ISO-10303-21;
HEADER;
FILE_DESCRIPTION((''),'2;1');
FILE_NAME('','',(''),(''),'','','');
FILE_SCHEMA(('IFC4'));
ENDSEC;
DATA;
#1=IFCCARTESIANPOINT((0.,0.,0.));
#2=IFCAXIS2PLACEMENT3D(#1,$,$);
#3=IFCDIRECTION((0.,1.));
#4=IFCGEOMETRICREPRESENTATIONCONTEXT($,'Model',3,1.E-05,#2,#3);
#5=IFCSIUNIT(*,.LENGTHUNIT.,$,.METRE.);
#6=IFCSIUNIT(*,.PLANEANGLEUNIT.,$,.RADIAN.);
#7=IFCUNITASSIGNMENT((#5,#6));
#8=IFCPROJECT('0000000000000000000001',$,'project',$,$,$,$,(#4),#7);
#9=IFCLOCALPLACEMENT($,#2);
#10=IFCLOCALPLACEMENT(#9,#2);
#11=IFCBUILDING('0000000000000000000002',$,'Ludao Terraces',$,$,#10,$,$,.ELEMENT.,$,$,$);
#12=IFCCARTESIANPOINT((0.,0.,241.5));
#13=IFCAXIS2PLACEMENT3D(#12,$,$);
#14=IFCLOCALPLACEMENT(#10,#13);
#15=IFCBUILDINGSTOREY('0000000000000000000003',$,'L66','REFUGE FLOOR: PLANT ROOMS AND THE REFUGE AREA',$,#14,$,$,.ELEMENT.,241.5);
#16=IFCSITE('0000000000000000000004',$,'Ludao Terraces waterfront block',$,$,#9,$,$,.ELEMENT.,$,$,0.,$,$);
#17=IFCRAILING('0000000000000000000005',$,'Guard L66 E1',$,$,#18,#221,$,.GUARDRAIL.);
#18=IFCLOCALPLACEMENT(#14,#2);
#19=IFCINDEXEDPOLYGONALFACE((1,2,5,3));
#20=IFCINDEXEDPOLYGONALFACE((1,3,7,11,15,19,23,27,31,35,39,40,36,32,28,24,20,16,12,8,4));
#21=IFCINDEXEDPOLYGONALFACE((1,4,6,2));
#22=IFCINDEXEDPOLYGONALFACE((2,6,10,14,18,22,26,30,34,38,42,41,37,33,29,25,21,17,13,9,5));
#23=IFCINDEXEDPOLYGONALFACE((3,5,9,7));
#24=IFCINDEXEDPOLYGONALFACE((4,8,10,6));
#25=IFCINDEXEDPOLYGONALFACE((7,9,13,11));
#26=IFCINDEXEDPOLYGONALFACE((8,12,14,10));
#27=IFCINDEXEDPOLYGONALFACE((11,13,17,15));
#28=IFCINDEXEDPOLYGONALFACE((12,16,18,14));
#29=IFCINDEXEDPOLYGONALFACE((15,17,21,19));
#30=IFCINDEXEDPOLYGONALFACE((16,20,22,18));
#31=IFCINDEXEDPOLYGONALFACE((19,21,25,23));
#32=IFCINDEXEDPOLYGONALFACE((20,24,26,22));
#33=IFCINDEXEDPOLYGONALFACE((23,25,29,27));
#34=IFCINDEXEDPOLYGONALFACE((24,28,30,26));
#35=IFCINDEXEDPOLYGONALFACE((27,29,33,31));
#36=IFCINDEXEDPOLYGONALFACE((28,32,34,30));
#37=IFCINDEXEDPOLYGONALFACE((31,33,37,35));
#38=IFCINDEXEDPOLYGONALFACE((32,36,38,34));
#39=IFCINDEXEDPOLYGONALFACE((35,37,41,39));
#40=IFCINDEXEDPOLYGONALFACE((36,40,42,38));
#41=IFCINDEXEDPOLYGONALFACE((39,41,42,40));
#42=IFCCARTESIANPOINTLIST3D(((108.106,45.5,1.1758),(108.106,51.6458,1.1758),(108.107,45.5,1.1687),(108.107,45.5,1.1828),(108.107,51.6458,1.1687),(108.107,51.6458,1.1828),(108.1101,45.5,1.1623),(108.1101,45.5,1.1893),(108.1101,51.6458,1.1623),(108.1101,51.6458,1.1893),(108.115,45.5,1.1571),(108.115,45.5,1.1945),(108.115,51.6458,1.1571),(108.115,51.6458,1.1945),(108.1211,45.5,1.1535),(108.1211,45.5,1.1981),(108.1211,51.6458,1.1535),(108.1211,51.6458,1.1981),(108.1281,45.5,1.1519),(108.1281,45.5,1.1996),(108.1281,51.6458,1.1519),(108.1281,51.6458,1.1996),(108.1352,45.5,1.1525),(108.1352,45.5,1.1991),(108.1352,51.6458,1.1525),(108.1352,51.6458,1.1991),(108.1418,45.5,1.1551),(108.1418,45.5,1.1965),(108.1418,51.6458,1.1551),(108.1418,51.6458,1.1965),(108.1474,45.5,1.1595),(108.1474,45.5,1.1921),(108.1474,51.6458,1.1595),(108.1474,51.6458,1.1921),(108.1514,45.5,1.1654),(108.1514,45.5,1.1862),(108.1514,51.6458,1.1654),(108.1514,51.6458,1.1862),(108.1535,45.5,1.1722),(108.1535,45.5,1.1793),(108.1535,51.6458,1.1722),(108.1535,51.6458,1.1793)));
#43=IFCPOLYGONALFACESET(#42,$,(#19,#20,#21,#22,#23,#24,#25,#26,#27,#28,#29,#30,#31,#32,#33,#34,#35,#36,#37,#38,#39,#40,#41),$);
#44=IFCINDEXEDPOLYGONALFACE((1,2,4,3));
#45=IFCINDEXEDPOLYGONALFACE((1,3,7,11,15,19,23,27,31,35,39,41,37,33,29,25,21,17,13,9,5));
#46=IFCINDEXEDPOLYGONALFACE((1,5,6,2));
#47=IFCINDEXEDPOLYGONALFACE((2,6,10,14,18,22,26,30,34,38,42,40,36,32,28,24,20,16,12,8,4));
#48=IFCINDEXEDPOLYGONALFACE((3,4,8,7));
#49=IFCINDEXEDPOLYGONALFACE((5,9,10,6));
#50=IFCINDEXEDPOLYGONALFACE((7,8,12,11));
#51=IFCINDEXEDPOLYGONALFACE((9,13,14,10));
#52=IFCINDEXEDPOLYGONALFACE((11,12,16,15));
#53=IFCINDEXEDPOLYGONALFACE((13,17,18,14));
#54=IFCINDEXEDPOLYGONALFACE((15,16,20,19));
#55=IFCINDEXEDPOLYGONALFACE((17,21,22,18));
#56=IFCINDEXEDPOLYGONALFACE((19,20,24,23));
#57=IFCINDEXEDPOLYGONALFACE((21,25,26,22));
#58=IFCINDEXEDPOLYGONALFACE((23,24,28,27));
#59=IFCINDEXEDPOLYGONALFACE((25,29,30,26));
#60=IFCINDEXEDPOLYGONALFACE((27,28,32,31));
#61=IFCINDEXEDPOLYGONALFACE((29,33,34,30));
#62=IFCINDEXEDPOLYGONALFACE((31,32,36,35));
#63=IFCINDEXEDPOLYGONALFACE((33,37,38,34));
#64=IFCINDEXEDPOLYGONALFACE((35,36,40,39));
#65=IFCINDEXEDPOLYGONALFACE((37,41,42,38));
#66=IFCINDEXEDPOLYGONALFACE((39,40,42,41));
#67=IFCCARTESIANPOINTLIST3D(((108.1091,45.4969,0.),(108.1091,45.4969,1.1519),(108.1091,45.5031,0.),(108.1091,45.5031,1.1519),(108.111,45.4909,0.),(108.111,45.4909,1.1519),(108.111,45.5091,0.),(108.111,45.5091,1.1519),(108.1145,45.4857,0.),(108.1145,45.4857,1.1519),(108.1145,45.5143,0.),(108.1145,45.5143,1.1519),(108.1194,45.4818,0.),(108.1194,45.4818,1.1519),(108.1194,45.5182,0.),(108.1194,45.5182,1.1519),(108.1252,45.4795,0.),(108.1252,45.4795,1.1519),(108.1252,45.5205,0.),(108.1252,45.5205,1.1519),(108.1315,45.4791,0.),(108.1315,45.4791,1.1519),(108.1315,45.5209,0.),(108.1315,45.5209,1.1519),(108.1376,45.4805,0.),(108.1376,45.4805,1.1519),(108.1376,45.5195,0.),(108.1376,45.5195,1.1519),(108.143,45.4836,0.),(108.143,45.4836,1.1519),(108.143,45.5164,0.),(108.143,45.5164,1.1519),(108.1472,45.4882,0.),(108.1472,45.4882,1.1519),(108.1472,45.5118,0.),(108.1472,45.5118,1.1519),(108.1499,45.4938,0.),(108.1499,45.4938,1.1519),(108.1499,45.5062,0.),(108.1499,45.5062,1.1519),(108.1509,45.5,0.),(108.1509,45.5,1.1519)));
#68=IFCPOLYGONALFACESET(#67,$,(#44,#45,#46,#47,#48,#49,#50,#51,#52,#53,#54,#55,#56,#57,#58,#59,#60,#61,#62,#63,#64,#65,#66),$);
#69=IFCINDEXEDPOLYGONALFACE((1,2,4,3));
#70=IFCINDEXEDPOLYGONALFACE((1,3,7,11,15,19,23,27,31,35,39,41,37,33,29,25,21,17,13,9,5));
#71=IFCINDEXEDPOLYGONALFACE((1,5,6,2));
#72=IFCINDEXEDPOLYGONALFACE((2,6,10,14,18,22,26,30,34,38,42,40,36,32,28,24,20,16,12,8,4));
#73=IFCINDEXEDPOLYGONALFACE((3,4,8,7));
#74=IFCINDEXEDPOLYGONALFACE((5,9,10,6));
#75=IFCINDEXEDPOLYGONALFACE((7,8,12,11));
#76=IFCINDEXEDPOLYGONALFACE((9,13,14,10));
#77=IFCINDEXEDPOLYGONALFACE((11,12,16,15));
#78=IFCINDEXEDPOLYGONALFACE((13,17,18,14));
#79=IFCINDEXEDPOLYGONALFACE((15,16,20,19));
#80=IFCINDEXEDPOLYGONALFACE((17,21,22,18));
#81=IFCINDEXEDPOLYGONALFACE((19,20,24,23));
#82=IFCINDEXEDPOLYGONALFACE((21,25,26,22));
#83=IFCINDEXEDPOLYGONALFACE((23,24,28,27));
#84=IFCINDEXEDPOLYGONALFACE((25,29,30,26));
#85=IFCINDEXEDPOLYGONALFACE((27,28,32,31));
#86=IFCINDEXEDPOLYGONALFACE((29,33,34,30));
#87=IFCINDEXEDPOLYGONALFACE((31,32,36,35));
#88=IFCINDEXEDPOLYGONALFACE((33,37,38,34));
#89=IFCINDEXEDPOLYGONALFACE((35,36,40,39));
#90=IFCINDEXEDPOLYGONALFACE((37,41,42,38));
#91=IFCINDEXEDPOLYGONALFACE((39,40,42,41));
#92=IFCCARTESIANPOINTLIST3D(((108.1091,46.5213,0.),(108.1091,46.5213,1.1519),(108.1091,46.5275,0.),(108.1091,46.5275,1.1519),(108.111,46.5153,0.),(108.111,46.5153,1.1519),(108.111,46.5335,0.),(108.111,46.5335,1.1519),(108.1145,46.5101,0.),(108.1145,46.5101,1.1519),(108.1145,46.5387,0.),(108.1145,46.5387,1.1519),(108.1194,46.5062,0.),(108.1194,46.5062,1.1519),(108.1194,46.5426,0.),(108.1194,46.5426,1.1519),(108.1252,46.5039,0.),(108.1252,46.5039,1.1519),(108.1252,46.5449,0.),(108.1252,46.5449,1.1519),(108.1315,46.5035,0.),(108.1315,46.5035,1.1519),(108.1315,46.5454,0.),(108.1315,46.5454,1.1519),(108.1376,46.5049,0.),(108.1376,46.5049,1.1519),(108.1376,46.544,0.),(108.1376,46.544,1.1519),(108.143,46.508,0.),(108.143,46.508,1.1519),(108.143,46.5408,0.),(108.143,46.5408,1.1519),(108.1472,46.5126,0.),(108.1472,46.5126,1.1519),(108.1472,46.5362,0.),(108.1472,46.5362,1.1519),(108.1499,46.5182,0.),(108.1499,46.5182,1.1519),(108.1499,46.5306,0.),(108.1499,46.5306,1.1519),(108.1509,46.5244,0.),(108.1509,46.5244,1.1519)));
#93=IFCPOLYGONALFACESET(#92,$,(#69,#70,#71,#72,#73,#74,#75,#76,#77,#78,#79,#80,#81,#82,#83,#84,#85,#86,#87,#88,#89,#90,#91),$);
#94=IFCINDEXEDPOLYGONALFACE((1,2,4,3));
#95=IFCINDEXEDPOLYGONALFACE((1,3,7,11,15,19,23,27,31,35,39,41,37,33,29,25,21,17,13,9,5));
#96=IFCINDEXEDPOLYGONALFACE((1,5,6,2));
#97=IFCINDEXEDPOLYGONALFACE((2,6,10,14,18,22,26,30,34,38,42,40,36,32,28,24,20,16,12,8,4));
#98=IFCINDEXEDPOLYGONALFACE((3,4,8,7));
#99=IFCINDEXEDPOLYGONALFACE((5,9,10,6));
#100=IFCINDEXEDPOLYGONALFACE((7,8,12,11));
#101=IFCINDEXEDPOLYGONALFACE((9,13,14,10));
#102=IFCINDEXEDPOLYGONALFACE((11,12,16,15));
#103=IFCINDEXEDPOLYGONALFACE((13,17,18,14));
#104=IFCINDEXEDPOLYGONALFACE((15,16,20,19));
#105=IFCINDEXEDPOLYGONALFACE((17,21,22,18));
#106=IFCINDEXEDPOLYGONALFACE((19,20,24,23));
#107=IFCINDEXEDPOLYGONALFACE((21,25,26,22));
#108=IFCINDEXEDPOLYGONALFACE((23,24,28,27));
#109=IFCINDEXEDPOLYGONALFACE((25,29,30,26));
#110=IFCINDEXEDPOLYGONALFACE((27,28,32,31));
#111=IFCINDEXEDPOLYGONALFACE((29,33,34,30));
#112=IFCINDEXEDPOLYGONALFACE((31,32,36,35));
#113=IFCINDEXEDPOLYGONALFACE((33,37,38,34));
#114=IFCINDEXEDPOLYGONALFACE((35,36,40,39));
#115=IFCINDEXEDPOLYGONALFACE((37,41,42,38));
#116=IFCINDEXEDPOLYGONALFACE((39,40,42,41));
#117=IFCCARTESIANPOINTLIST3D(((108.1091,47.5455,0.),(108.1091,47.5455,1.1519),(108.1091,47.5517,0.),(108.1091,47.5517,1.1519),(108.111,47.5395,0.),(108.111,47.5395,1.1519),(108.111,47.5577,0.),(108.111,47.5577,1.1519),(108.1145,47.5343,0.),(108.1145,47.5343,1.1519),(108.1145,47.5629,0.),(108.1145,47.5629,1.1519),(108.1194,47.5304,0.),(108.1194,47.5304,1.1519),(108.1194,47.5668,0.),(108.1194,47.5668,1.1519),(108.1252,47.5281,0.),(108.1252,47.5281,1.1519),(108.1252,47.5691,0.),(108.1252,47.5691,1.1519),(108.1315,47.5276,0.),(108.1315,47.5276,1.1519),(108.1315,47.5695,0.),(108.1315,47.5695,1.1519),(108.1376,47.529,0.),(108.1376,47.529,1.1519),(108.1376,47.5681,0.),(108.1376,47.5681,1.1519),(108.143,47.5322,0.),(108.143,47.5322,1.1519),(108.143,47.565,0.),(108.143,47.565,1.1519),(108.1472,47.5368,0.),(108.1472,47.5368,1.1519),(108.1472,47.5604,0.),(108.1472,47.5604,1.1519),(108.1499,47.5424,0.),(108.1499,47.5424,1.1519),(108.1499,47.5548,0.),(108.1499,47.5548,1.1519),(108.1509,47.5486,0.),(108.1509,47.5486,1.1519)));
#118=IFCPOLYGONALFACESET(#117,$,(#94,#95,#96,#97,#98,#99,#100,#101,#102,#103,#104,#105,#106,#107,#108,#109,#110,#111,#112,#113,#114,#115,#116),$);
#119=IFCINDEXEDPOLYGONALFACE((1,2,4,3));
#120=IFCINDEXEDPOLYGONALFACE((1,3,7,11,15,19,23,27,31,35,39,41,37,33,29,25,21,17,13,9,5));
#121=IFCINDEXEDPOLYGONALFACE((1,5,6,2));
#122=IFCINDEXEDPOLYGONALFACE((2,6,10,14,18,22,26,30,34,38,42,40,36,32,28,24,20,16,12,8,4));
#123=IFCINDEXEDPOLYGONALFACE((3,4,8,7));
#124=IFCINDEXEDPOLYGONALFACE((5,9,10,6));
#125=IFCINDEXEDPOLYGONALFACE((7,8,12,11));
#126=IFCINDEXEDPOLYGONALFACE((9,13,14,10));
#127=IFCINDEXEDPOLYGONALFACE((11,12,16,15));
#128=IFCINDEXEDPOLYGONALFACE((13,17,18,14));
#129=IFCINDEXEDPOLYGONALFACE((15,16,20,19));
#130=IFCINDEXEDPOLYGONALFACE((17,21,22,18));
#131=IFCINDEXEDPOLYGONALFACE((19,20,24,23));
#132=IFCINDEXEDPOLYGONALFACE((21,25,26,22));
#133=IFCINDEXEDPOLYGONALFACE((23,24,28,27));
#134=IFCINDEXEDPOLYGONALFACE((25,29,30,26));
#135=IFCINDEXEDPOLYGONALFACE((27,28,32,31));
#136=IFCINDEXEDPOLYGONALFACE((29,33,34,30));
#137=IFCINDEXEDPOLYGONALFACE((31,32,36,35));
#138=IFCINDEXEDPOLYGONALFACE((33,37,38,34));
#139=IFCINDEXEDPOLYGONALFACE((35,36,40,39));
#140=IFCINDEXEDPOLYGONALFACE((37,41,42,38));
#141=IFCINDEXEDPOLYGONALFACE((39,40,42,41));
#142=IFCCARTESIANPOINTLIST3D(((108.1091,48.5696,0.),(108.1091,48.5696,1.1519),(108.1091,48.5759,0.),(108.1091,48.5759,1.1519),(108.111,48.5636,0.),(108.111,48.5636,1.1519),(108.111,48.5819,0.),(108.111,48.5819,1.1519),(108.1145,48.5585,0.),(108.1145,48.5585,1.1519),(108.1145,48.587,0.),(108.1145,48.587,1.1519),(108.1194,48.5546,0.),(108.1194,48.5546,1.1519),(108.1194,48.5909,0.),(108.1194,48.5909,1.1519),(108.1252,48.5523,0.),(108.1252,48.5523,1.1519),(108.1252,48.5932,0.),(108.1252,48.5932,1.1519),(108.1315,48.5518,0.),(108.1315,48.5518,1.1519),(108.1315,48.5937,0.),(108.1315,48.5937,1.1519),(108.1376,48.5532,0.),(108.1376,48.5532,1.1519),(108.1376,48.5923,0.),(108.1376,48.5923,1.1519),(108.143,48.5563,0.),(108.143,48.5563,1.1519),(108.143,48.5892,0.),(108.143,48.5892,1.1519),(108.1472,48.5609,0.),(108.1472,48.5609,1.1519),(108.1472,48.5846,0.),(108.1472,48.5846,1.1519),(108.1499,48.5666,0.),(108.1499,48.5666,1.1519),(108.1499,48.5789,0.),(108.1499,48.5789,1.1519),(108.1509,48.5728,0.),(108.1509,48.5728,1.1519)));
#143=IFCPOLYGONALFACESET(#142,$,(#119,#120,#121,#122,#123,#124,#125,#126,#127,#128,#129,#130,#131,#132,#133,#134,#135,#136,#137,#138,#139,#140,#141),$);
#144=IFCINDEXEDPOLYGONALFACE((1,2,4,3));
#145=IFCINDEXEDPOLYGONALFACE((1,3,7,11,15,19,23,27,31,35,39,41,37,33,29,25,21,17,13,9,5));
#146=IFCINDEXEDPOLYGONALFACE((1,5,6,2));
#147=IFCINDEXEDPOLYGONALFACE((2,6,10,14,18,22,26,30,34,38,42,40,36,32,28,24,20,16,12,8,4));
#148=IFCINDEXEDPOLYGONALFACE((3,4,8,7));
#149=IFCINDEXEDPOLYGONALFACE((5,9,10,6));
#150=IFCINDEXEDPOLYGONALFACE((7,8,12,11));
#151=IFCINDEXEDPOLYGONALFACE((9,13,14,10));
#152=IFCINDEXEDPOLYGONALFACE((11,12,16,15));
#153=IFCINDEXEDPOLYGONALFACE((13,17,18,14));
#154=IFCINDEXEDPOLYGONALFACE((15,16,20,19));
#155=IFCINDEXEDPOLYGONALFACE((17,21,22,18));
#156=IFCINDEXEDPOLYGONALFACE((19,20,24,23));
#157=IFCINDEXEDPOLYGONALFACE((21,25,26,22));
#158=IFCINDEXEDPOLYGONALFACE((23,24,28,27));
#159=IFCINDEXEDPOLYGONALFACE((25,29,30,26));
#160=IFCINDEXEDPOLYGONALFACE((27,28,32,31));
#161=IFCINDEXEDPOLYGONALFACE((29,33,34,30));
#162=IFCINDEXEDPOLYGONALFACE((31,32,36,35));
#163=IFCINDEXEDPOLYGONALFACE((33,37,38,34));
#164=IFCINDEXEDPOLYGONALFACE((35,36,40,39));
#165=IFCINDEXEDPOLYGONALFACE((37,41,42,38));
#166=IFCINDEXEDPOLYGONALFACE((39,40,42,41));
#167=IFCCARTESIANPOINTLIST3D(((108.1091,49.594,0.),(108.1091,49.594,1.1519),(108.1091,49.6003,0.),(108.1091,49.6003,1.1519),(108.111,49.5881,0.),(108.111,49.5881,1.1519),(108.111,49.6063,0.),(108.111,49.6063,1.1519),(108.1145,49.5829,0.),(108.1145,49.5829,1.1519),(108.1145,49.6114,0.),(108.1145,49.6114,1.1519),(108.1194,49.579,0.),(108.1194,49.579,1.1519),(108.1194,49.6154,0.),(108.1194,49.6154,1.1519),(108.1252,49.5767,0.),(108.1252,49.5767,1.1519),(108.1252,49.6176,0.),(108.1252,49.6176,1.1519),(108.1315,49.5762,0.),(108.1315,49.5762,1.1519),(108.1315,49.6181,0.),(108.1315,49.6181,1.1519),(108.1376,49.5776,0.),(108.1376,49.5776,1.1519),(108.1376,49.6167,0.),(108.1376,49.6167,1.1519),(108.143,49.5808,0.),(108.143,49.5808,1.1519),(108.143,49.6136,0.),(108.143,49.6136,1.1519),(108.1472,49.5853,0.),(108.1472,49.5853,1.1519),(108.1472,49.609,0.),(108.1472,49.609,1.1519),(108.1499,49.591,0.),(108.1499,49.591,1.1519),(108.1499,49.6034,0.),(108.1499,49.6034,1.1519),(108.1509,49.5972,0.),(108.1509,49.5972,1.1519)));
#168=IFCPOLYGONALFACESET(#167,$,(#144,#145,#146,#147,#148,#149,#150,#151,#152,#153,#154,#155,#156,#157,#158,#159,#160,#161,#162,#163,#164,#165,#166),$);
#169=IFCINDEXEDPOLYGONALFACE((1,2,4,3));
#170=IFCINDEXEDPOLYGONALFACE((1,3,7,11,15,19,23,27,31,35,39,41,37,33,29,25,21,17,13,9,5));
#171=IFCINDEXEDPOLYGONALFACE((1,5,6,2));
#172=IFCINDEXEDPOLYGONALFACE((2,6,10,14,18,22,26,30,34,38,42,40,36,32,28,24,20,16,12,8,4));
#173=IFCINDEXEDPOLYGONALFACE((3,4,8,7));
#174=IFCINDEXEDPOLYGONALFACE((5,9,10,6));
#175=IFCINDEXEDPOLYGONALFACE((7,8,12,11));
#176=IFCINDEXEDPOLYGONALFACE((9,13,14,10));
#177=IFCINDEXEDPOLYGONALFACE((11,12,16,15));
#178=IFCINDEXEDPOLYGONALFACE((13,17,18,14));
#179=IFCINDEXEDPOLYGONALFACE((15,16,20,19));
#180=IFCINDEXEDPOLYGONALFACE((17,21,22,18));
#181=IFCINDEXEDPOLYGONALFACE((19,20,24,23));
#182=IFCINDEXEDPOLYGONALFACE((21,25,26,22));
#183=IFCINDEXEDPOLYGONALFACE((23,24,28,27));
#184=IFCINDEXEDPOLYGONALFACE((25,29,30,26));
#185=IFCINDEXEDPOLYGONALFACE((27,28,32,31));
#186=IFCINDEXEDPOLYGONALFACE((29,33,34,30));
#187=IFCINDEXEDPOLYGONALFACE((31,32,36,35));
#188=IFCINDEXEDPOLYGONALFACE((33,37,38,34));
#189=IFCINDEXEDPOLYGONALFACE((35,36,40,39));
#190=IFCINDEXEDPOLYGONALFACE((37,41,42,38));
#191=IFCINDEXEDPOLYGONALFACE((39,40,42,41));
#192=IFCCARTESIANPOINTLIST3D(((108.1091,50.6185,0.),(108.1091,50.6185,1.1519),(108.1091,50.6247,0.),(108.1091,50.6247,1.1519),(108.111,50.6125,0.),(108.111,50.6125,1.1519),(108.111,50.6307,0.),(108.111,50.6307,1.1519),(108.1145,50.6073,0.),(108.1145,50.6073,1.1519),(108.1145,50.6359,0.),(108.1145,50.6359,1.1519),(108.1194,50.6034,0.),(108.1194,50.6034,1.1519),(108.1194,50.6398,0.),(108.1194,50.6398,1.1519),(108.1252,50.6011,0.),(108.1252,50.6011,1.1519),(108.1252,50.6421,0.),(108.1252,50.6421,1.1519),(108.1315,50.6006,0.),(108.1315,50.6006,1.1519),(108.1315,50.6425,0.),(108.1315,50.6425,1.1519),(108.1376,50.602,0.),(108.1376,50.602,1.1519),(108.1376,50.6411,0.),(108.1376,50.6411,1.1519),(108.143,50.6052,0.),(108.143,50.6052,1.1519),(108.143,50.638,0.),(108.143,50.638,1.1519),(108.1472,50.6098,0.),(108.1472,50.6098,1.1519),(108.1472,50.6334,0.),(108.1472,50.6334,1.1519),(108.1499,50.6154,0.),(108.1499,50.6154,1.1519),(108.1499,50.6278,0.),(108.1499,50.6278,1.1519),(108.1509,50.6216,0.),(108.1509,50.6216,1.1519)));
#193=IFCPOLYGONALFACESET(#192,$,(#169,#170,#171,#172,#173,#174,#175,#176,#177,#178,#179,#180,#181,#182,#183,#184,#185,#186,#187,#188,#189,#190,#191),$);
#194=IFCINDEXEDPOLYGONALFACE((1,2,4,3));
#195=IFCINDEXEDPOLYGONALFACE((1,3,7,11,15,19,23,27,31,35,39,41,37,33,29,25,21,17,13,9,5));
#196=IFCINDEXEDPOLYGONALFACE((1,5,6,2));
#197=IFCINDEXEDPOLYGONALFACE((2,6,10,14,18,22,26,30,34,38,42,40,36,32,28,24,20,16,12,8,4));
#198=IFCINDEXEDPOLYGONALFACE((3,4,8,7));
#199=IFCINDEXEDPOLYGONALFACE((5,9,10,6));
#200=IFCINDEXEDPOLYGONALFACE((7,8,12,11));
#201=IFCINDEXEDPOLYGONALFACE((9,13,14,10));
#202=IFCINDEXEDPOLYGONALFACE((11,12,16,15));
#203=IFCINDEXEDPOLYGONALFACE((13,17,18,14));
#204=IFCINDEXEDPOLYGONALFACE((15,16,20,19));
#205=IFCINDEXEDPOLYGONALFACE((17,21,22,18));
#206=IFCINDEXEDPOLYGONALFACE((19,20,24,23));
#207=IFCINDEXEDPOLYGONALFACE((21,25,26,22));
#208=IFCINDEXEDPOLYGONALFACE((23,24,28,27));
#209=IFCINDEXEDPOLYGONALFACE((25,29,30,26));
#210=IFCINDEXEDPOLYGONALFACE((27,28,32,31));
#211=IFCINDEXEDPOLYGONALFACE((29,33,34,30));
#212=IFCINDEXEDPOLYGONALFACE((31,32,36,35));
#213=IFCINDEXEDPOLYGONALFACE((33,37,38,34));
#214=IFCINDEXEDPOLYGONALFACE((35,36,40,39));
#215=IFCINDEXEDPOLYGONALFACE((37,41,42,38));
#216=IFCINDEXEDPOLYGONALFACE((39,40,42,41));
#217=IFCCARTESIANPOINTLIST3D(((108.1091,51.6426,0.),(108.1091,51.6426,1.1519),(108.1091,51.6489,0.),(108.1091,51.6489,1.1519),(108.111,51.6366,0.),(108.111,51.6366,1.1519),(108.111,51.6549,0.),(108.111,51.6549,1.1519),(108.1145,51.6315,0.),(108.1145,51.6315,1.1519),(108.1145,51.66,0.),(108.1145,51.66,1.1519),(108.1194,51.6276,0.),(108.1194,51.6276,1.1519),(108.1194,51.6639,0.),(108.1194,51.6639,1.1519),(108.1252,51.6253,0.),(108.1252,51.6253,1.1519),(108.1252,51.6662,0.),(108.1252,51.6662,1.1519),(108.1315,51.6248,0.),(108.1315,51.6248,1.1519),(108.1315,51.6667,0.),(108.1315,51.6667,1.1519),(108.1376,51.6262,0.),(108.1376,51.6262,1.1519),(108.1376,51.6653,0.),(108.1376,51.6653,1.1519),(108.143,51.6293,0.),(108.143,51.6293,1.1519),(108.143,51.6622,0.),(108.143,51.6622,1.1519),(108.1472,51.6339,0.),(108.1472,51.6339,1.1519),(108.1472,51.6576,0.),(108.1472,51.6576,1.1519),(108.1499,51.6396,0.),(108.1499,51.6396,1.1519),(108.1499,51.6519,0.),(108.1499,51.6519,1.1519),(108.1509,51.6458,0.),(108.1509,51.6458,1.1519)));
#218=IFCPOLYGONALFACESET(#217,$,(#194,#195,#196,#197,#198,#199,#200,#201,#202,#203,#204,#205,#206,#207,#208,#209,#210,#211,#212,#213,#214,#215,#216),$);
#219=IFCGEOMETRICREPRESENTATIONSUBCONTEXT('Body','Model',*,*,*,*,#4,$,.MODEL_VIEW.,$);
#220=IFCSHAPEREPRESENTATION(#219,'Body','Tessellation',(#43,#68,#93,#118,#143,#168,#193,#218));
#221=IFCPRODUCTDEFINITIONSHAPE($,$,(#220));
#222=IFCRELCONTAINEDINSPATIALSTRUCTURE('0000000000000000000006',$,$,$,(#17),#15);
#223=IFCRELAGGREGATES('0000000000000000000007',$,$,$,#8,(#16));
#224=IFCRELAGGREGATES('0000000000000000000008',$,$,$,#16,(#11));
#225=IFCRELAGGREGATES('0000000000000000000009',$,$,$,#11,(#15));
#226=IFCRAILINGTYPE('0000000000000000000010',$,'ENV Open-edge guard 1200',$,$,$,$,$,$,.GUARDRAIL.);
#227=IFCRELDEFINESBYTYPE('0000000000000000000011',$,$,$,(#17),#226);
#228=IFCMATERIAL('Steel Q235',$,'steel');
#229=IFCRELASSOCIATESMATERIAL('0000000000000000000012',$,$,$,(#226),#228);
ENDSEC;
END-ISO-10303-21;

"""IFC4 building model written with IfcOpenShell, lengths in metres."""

from ifc_helpers import new_model, si_unit, direction, frame, origin, origin_2d, place, context, subcontext, project, spatial, circle, extrude, material, type_object, element, save


model = new_model("IFC4")

# Units and contexts
model_context = context("Model", 3, precision=1e-05, world=origin(), true_north=direction((0.0, 1.0)))
body_context = subcontext(model_context, "Body", "Model", "MODEL_VIEW")
ifc_project = project(units=[si_unit("LENGTHUNIT", "METRE"), si_unit("PLANEANGLEUNIT", "RADIAN")], contexts=[model_context])

# Site, building, storey
site_placement = place(None, origin())
site = spatial("IfcSite", under=ifc_project, at=site_placement, Name="Ludao Terraces waterfront block", CompositionType="ELEMENT", RefElevation=0.0)
building_placement = place(site_placement, origin())
building = spatial("IfcBuilding", under=site, at=building_placement, Name="Ludao Terraces", CompositionType="ELEMENT")
storey_placement = place(building_placement, frame((0.0, 0.0, 241.5)))
storey = spatial("IfcBuildingStorey", under=building, at=storey_placement, Name="L66", Description="REFUGE FLOOR: PLANT ROOMS AND THE REFUGE AREA", CompositionType="ELEMENT", Elevation=241.5)

# Shared definitions
ifc_material_1 = material(Name="Steel Q235", Category="steel")

# Railing
railing_type = type_object("IfcRailingType", Name="ENV Open-edge guard 1200", PredefinedType="GUARDRAIL", material=ifc_material_1)
railing_1_placement = place(storey_placement, frame((108.1299, 45.5, 0.0)))
element("IfcRailing", 1, at=railing_1_placement, inside=storey, type_object=railing_type, Name="Guard L66 E1", PredefinedType="GUARDRAIL", context=body_context, shape_type="SweptSolid", body=[
    extrude(circle(Radius=0.0239, at=origin_2d()), frame((0.0, 0.0, 1.1758), z_axis=(0.0, 1.0, 0.0), x_axis=(-1.0, 0.0, 0.0)), (0.0, 0.0, 1.0), 6.1458),
    extrude(circle(Radius=0.021, at=origin_2d()), origin(), (0.0, 0.0, 1.0), 1.1519),
    extrude(circle(Radius=0.021, at=origin_2d()), frame((0.0, 1.0244, 0.0)), (0.0, 0.0, 1.0), 1.1519),
    extrude(circle(Radius=0.021, at=origin_2d()), frame((0.0, 2.0486, 0.0)), (0.0, 0.0, 1.0), 1.1519),
    extrude(circle(Radius=0.021, at=origin_2d()), frame((0.0, 3.0728, 0.0)), (0.0, 0.0, 1.0), 1.1519),
    extrude(circle(Radius=0.021, at=origin_2d()), frame((0.0, 4.0972, 0.0)), (0.0, 0.0, 1.0), 1.1519),
    extrude(circle(Radius=0.021, at=origin_2d()), frame((0.0, 5.1216, 0.0)), (0.0, 0.0, 1.0), 1.1519),
    extrude(circle(Radius=0.021, at=origin_2d()), frame((0.0, 6.1458, 0.0)), (0.0, 0.0, 1.0), 1.1519),
])

save(model, "model.ifc")
